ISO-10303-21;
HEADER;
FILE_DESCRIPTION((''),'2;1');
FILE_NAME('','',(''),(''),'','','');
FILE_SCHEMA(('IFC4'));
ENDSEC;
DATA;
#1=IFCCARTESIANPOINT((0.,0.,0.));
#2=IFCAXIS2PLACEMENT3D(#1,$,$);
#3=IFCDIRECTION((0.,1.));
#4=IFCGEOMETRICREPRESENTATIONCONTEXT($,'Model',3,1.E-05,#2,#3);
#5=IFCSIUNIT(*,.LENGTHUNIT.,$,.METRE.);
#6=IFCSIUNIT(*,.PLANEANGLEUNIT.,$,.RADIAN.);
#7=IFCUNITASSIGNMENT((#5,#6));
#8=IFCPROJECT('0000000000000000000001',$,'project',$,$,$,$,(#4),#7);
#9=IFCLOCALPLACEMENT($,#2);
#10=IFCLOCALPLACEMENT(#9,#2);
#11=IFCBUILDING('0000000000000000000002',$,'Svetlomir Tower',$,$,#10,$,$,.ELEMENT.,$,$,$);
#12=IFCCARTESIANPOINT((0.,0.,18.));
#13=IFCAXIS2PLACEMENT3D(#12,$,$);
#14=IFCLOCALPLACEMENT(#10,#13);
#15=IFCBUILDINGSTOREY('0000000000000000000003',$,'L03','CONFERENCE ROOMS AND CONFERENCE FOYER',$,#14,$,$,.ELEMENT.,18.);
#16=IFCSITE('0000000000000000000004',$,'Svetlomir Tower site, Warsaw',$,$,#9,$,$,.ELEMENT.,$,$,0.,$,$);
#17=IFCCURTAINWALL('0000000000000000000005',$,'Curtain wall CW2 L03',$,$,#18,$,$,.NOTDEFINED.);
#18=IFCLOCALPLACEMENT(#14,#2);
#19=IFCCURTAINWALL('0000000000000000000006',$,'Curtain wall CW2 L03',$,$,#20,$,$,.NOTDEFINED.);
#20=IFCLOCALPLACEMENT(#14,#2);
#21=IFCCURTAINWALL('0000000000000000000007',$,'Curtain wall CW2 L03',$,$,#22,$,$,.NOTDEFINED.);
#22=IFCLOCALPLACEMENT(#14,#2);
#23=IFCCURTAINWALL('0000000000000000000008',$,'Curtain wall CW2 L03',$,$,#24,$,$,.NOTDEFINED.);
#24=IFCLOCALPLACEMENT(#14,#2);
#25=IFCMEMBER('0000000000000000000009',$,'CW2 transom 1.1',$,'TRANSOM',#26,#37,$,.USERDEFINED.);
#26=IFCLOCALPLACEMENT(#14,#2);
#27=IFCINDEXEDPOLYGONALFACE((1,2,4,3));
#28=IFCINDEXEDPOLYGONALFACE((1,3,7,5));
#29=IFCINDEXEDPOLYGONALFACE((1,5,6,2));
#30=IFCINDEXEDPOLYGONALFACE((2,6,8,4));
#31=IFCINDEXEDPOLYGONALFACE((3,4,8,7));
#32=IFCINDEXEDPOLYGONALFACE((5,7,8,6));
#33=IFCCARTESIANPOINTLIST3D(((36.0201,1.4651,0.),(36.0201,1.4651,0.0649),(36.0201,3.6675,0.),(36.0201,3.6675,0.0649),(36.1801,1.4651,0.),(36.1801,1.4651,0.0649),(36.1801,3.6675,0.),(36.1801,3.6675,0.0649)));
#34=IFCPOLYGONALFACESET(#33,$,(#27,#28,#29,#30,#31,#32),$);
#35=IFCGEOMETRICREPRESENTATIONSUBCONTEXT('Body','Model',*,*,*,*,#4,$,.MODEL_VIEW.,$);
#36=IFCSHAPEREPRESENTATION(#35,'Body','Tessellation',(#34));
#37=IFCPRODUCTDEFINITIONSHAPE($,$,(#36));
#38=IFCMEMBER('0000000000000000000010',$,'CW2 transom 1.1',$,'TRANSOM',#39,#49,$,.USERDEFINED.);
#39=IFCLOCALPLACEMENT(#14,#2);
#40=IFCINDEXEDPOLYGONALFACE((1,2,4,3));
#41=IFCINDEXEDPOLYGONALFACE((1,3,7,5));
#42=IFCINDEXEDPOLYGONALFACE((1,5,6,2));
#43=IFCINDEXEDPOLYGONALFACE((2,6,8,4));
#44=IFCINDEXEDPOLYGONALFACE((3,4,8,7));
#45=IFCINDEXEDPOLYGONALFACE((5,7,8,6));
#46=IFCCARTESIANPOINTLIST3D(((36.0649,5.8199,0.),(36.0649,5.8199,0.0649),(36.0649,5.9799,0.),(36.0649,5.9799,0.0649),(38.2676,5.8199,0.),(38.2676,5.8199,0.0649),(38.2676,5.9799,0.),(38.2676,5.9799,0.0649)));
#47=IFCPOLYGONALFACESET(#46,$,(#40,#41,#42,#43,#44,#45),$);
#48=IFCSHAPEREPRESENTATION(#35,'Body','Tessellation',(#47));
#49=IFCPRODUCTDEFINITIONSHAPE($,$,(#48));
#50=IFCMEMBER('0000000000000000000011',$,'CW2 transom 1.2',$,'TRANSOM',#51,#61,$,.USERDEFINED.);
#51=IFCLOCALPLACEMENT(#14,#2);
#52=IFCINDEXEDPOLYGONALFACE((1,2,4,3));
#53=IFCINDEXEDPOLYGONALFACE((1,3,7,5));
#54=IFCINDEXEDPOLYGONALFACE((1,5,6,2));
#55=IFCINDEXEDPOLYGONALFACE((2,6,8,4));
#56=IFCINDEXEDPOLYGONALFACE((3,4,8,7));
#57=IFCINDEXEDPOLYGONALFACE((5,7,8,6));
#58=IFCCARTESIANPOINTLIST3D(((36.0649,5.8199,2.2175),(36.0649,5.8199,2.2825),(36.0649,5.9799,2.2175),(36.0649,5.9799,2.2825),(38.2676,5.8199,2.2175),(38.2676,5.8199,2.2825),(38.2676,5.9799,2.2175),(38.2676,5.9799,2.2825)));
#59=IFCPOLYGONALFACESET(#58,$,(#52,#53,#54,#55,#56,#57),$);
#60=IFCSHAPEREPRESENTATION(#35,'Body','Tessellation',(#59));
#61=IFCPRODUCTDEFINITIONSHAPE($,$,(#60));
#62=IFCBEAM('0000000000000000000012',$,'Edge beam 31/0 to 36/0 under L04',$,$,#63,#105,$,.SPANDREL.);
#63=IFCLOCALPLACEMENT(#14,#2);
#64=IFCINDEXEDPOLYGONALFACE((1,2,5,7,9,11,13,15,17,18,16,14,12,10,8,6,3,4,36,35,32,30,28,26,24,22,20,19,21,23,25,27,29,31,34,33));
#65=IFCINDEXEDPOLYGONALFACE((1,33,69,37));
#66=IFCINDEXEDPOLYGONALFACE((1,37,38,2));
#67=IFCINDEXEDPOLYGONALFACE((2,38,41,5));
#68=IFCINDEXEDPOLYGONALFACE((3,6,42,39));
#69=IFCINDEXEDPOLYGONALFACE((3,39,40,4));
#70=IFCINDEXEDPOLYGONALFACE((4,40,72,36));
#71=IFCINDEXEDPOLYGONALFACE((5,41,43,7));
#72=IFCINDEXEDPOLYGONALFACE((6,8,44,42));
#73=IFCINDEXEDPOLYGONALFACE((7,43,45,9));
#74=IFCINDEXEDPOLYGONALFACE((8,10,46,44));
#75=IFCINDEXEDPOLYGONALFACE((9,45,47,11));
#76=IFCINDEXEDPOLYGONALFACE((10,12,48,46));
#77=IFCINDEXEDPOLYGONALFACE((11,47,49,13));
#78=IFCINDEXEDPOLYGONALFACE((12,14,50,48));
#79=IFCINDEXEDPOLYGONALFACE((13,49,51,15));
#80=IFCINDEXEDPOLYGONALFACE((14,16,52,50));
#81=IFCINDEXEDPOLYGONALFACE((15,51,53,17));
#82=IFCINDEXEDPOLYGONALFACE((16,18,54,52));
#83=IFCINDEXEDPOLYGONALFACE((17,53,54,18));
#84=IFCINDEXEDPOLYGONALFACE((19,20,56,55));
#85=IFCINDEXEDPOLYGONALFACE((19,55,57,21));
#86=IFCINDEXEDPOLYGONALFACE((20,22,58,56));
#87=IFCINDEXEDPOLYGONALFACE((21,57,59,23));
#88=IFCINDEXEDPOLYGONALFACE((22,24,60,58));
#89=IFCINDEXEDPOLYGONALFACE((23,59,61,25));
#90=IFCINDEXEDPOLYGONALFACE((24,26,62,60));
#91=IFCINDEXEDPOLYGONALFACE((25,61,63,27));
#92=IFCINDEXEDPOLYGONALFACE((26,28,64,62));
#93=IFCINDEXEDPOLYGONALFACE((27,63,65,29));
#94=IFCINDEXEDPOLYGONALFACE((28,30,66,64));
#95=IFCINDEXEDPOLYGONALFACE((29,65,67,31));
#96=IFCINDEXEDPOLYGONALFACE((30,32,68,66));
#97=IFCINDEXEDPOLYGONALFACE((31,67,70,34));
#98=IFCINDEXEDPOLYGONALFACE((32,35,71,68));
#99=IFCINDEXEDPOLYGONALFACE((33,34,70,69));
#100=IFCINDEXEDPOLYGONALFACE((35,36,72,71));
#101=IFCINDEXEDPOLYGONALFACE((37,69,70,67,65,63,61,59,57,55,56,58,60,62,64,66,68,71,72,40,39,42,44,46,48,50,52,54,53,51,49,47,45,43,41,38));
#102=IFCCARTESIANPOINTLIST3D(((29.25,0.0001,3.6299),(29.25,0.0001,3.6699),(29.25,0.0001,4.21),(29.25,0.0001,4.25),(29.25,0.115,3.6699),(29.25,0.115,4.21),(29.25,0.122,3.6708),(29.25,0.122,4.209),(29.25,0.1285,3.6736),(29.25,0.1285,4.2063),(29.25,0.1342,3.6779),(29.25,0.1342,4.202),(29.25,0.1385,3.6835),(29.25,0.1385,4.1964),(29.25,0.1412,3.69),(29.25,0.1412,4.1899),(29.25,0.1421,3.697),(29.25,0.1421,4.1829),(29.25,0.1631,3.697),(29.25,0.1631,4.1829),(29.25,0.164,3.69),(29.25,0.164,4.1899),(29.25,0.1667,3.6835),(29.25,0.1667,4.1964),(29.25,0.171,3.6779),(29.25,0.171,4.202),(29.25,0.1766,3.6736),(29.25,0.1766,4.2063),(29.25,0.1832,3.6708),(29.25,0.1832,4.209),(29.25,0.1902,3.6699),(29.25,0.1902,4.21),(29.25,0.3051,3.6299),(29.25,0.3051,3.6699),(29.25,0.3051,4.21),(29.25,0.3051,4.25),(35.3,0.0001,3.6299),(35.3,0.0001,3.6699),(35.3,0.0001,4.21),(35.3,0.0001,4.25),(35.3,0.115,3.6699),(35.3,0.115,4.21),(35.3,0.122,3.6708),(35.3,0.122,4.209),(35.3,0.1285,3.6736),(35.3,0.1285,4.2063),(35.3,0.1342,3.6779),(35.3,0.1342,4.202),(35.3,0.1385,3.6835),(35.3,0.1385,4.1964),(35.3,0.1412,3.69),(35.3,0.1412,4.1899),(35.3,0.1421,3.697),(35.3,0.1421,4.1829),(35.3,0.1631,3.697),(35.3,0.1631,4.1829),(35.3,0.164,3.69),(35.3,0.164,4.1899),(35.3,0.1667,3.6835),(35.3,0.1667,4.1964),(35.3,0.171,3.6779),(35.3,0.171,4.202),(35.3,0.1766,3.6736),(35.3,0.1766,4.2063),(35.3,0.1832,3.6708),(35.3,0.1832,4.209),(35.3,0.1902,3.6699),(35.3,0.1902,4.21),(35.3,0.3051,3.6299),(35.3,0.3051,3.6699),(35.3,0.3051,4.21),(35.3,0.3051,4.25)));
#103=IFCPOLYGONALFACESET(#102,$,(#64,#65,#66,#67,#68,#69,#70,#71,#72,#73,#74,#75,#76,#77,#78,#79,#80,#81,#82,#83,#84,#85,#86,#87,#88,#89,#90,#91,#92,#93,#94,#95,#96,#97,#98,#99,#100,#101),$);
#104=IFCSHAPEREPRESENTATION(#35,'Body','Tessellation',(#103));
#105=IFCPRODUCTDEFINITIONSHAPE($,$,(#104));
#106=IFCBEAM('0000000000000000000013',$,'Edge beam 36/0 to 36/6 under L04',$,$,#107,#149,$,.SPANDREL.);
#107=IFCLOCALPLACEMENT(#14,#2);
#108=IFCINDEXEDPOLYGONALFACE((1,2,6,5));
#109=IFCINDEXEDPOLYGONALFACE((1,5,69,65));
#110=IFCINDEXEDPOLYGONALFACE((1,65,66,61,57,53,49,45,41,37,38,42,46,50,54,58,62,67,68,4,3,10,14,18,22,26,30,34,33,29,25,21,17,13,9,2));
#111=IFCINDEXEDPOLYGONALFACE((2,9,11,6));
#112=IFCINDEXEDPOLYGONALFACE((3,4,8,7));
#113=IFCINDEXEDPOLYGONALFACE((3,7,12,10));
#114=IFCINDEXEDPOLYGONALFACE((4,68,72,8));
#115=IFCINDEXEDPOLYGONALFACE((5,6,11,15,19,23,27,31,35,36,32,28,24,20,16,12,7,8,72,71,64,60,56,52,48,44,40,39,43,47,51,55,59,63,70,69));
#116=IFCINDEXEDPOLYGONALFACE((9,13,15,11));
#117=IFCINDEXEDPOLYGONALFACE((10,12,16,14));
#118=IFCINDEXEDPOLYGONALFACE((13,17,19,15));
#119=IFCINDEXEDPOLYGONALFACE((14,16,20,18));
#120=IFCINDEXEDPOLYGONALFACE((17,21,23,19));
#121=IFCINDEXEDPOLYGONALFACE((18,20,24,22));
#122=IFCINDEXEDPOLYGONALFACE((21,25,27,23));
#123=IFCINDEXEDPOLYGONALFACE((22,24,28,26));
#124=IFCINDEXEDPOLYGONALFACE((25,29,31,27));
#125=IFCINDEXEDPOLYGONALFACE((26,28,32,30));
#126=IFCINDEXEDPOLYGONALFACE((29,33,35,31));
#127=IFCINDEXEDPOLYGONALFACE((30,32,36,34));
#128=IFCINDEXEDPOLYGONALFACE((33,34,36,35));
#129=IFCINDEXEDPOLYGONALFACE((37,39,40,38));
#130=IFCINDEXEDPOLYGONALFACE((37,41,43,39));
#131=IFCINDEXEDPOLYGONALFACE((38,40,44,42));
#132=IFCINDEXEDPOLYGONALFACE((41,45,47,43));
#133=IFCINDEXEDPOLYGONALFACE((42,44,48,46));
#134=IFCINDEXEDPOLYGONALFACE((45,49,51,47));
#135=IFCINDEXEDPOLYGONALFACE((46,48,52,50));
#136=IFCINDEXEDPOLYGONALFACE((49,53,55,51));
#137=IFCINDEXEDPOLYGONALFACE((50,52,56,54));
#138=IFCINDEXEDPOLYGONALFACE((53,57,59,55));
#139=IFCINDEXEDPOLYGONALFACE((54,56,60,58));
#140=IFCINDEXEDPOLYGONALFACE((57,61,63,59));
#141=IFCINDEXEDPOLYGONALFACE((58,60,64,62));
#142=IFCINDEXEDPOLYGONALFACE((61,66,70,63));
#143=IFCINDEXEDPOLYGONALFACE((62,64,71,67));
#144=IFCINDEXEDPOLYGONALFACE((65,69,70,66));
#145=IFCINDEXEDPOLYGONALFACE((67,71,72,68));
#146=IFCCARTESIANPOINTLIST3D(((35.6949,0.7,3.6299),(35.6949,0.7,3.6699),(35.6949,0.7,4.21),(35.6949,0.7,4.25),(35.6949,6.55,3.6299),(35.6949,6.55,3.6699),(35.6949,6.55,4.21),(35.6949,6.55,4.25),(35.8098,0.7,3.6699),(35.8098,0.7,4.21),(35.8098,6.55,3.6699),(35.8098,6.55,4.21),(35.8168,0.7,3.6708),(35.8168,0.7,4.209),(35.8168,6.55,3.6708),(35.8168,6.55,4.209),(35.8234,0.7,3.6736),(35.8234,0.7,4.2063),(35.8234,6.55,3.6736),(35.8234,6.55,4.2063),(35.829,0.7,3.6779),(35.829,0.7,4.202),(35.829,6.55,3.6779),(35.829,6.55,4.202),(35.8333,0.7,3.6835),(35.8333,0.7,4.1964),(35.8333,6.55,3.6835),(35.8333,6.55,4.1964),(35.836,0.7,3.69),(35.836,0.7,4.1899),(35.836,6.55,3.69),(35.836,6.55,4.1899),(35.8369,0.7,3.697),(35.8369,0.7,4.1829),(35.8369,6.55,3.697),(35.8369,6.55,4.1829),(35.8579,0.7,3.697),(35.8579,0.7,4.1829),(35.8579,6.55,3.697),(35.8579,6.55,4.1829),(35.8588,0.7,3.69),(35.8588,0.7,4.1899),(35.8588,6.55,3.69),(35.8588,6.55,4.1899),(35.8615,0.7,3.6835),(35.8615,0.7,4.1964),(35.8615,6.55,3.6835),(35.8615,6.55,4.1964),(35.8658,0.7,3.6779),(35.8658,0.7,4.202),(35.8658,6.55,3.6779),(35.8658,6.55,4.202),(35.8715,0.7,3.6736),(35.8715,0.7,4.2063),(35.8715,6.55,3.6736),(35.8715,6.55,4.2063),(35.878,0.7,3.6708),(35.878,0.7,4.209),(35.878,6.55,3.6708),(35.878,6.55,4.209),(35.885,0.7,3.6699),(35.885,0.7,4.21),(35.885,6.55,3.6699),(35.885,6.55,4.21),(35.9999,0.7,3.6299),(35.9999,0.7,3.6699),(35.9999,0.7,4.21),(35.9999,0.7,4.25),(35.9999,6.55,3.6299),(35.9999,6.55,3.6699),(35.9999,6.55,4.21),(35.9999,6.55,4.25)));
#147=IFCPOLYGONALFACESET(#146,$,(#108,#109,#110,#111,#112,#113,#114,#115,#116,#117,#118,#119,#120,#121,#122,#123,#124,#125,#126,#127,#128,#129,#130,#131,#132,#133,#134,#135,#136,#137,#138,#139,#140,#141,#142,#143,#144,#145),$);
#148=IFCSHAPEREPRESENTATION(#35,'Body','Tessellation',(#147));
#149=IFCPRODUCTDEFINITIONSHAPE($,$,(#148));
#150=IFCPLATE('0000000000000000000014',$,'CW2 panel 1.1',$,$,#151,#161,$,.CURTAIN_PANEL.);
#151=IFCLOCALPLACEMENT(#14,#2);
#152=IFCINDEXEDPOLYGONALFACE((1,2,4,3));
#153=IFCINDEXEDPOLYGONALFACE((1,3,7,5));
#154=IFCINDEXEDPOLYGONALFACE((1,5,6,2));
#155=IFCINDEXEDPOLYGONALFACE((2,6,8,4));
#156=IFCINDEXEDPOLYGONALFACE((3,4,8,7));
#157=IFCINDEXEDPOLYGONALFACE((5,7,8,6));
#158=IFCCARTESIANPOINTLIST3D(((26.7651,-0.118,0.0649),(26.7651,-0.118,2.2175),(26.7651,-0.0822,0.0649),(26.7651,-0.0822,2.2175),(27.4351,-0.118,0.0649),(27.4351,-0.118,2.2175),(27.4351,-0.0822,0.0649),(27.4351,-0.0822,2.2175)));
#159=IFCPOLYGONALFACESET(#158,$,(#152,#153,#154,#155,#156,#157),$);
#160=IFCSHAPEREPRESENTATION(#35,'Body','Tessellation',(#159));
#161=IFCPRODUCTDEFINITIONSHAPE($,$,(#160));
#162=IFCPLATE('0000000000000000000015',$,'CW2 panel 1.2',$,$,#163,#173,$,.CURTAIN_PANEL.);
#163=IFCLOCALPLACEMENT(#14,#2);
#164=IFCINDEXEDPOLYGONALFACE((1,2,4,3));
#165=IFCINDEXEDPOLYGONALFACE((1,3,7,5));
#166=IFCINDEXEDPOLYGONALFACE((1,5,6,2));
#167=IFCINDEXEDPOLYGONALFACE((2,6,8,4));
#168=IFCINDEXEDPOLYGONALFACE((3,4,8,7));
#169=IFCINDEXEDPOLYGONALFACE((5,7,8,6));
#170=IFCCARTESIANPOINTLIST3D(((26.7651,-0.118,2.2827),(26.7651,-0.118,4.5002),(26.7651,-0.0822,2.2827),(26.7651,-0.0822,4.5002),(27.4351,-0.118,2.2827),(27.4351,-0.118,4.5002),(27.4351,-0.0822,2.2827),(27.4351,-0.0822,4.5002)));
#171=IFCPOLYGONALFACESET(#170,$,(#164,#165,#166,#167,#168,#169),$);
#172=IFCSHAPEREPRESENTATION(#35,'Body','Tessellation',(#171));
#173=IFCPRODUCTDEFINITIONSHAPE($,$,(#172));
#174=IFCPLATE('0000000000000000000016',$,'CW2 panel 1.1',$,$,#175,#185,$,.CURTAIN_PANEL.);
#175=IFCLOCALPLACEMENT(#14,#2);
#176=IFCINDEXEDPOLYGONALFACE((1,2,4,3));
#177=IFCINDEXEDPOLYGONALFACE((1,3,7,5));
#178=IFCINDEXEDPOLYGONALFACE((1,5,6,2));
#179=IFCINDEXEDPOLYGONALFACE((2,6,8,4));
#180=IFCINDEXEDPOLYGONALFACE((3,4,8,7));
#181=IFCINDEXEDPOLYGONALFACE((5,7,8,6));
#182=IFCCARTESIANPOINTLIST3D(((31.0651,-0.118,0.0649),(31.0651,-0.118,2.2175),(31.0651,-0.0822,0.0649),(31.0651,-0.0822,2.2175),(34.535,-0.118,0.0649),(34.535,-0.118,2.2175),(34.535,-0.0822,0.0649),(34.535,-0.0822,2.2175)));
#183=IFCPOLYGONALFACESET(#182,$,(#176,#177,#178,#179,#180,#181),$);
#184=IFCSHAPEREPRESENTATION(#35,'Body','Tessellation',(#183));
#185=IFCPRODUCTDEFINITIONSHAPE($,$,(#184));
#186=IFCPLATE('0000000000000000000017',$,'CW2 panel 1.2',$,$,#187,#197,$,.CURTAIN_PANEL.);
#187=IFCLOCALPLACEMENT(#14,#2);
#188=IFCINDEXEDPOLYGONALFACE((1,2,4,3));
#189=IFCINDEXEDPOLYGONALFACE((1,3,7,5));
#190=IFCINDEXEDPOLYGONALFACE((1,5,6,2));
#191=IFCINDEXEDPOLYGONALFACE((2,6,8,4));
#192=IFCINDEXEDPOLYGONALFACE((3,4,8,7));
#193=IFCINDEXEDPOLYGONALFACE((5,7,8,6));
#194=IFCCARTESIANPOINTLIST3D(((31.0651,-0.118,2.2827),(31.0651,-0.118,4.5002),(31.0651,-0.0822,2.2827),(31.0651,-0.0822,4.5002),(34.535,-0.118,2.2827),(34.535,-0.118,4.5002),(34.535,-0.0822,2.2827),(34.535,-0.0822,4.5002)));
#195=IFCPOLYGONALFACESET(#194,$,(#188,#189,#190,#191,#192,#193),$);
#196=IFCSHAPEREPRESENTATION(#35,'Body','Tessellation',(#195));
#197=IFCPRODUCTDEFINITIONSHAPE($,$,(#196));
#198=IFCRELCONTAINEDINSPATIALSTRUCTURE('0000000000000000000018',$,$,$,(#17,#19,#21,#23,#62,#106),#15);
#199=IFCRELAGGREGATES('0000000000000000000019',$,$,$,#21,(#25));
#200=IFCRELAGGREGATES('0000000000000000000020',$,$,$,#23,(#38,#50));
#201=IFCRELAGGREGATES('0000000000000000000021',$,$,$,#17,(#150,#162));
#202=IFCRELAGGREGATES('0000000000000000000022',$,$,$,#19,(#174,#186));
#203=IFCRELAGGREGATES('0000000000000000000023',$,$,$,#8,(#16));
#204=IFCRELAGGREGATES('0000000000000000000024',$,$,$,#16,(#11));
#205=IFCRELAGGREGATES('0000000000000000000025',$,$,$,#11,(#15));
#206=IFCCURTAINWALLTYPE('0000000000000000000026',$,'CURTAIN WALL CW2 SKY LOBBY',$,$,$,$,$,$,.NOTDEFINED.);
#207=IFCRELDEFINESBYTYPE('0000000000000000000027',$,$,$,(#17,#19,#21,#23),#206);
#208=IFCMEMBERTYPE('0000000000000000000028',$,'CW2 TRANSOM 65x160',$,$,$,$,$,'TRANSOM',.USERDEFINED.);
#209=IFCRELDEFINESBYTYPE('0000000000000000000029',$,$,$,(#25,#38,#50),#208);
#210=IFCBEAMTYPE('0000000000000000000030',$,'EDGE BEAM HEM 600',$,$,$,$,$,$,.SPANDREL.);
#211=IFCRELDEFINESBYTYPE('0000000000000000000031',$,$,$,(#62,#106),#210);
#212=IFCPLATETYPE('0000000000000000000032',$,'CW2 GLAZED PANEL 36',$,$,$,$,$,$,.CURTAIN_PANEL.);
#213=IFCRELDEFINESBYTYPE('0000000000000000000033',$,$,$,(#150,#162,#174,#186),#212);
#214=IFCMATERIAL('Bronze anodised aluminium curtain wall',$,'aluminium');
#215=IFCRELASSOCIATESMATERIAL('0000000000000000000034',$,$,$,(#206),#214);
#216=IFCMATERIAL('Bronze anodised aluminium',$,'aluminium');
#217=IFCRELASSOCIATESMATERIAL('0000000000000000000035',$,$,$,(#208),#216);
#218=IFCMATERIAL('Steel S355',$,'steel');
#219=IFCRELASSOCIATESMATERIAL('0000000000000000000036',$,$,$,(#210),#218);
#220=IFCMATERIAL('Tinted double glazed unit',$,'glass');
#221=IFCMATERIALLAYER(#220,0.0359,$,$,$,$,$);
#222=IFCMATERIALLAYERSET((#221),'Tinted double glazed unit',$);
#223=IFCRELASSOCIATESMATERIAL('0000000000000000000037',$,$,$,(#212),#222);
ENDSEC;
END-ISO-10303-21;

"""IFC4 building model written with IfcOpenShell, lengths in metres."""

from ifc_helpers import new_model, si_unit, direction, frame, origin, origin_2d, place, context, subcontext, project, spatial, rectangle, i_section, extrude, material, layer, layer_set, material_profile, profile_set, type_object, element, aggregate, save


model = new_model("IFC4")

# Units and contexts
model_context = context("Model", 3, precision=1e-05, world=origin(), true_north=direction((0.0, 1.0)))
body_context = subcontext(model_context, "Body", "Model", "MODEL_VIEW")
ifc_project = project(units=[si_unit("LENGTHUNIT", "METRE"), si_unit("PLANEANGLEUNIT", "RADIAN")], contexts=[model_context])

# Site, building, storey
site_placement = place(None, origin())
site = spatial("IfcSite", under=ifc_project, at=site_placement, Name="Svetlomir Tower site, Warsaw", CompositionType="ELEMENT", RefElevation=0.0)
building_placement = place(site_placement, origin())
building = spatial("IfcBuilding", under=site, at=building_placement, Name="Svetlomir Tower", CompositionType="ELEMENT")
storey_placement = place(building_placement, frame((0.0, 0.0, 18.0)))
storey = spatial("IfcBuildingStorey", under=building, at=storey_placement, Name="L03", Description="CONFERENCE ROOMS AND CONFERENCE FOYER", CompositionType="ELEMENT", Elevation=18.0)

# Curtain wall
ifc_material_1 = material(Name="Bronze anodised aluminium curtain wall", Category="aluminium")
curtain_wall_type = type_object("IfcCurtainWallType", Name="CURTAIN WALL CW2 SKY LOBBY", PredefinedType="NOTDEFINED", material=ifc_material_1)
curtain_wall_1_placement = place(storey_placement, origin())
curtain_wall_1 = element("IfcCurtainWall", 1, at=curtain_wall_1_placement, inside=storey, type_object=curtain_wall_type, Name="Curtain wall CW2 L03", PredefinedType="NOTDEFINED")

# Curtain walls
curtain_wall_2_placement = place(storey_placement, origin())
curtain_wall_2 = element("IfcCurtainWall", 2, at=curtain_wall_2_placement, inside=storey, type_object=curtain_wall_type, Name="Curtain wall CW2 L03", PredefinedType="NOTDEFINED")
curtain_wall_3_placement = place(storey_placement, origin())
curtain_wall_3 = element("IfcCurtainWall", 3, at=curtain_wall_3_placement, inside=storey, type_object=curtain_wall_type, Name="Curtain wall CW2 L03", PredefinedType="NOTDEFINED")

# Curtain wall
curtain_wall_4_placement = place(storey_placement, origin())
curtain_wall_4 = element("IfcCurtainWall", 4, at=curtain_wall_4_placement, inside=storey, type_object=curtain_wall_type, Name="Curtain wall CW2 L03", PredefinedType="NOTDEFINED")

# Members
ifc_material_2 = material(Name="Bronze anodised aluminium", Category="aluminium")
ifc_material_profile_1 = material_profile(ifc_material_2, rectangle(XDim=0.1599, YDim=0.0649, at=origin_2d()), Name="AL 160x65")
ifc_profile_set_1 = profile_set([ifc_material_profile_1], Name="Bronze anodised aluminium 6063-T6")
member_type_1 = type_object("IfcMemberType", Name="CW2 TRANSOM 65x160", ElementType="TRANSOM", PredefinedType="USERDEFINED", material=ifc_profile_set_1)
member_1_placement = place(storey_placement, frame((36.1001, 1.4651, 0.0325), z_axis=(0.0, 1.0, 0.0), x_axis=(-1.0, 0.0, 0.0)))
member_1 = element("IfcMember", 5, at=member_1_placement, type_object=member_type_1, Name="CW2 transom 1.1", ObjectType="TRANSOM", PredefinedType="USERDEFINED", context=body_context, shape_type="SweptSolid", body=[
    extrude(rectangle(XDim=0.1599, YDim=0.0649, at=origin_2d()), origin(), (0.0, 0.0, 1.0), 2.2024),
])
aggregate(curtain_wall_3, [member_1])
member_2_placement = place(storey_placement, frame((36.0649, 5.8999, 0.0325), z_axis=(1.0, 0.0, 0.0), x_axis=(0.0, 1.0, 0.0)))
member_2 = element("IfcMember", 6, at=member_2_placement, type_object=member_type_1, Name="CW2 transom 1.1", ObjectType="TRANSOM", PredefinedType="USERDEFINED", context=body_context, shape_type="SweptSolid", body=[
    extrude(rectangle(XDim=0.1599, YDim=0.0649, at=origin_2d()), origin(), (0.0, 0.0, 1.0), 2.2026),
])
member_3_placement = place(storey_placement, frame((36.0649, 5.8999, 2.25), z_axis=(1.0, 0.0, 0.0), x_axis=(0.0, 1.0, 0.0)))
member_3 = element("IfcMember", 7, at=member_3_placement, type_object=member_type_1, Name="CW2 transom 1.2", ObjectType="TRANSOM", PredefinedType="USERDEFINED", context=body_context, shape_type="SweptSolid", body=[
    extrude(rectangle(XDim=0.1599, YDim=0.0649, at=origin_2d()), origin(), (0.0, 0.0, 1.0), 2.2026),
])
aggregate(curtain_wall_4, [member_2, member_3])

# Beams
ifc_material_3 = material(Name="Steel S355", Category="steel")
ifc_material_profile_2 = material_profile(ifc_material_3, i_section(OverallWidth=0.3049, OverallDepth=0.6201, WebThickness=0.021, FlangeThickness=0.04, FilletRadius=0.0271, at=origin_2d()), Name="HEM 600")
ifc_profile_set_2 = profile_set([ifc_material_profile_2], Name="Steel S355")
beam_type = type_object("IfcBeamType", Name="EDGE BEAM HEM 600", PredefinedType="SPANDREL", material=ifc_profile_set_2)
beam_1_placement = place(storey_placement, frame((29.25, 0.1526, 3.9399), z_axis=(1.0, 0.0, 0.0), x_axis=(0.0, 1.0, 0.0)))
element("IfcBeam", 8, at=beam_1_placement, inside=storey, type_object=beam_type, Name="Edge beam 31/0 to 36/0 under L04", PredefinedType="SPANDREL", context=body_context, shape_type="SweptSolid", body=[
    extrude(i_section(OverallWidth=0.3049, OverallDepth=0.6201, WebThickness=0.021, FlangeThickness=0.04, FilletRadius=0.0271, at=origin_2d()), origin(), (0.0, 0.0, 1.0), 6.05),
])
beam_2_placement = place(storey_placement, frame((35.8474, 0.7, 3.9399), z_axis=(0.0, 1.0, 0.0), x_axis=(-1.0, 0.0, 0.0)))
element("IfcBeam", 9, at=beam_2_placement, inside=storey, type_object=beam_type, Name="Edge beam 36/0 to 36/6 under L04", PredefinedType="SPANDREL", context=body_context, shape_type="SweptSolid", body=[
    extrude(i_section(OverallWidth=0.3049, OverallDepth=0.6201, WebThickness=0.021, FlangeThickness=0.04, FilletRadius=0.0271, at=origin_2d()), origin(), (0.0, 0.0, 1.0), 5.8501),
])

# Plates
ifc_material_4 = material(Name="Tinted double glazed unit", Category="glass")
ifc_layer_1 = layer(ifc_material_4, 0.0359)
ifc_layer_set_1 = layer_set([ifc_layer_1], Name="Tinted double glazed unit")
plate_type = type_object("IfcPlateType", Name="CW2 GLAZED PANEL 36", PredefinedType="CURTAIN_PANEL", material=ifc_layer_set_1)
plate_1_placement = place(storey_placement, frame((27.1001, -0.1001, 0.0649), z_axis=(0.0, 0.0, 1.0), x_axis=(1.0, 0.0, 0.0)))
plate_1 = element("IfcPlate", 10, at=plate_1_placement, type_object=plate_type, Name="CW2 panel 1.1", PredefinedType="CURTAIN_PANEL", context=body_context, shape_type="SweptSolid", body=[
    extrude(rectangle(XDim=0.6699, YDim=0.0359, at=origin_2d()), origin(), (0.0, 0.0, 1.0), 2.1526),
])
plate_2_placement = place(storey_placement, frame((27.1001, -0.1001, 2.2827), z_axis=(0.0, 0.0, 1.0), x_axis=(1.0, 0.0, 0.0)))
plate_2 = element("IfcPlate", 11, at=plate_2_placement, type_object=plate_type, Name="CW2 panel 1.2", PredefinedType="CURTAIN_PANEL", context=body_context, shape_type="SweptSolid", body=[
    extrude(rectangle(XDim=0.6699, YDim=0.0359, at=origin_2d()), origin(), (0.0, 0.0, 1.0), 2.2175),
])
aggregate(curtain_wall_1, [plate_1, plate_2])
plate_3_placement = place(storey_placement, frame((32.8, -0.1001, 0.0649), z_axis=(0.0, 0.0, 1.0), x_axis=(1.0, 0.0, 0.0)))
plate_3 = element("IfcPlate", 12, at=plate_3_placement, type_object=plate_type, Name="CW2 panel 1.1", PredefinedType="CURTAIN_PANEL", context=body_context, shape_type="SweptSolid", body=[
    extrude(rectangle(XDim=3.47, YDim=0.0359, at=origin_2d()), origin(), (0.0, 0.0, 1.0), 2.1526),
])
plate_4_placement = place(storey_placement, frame((32.8, -0.1001, 2.2827), z_axis=(0.0, 0.0, 1.0), x_axis=(1.0, 0.0, 0.0)))
plate_4 = element("IfcPlate", 13, at=plate_4_placement, type_object=plate_type, Name="CW2 panel 1.2", PredefinedType="CURTAIN_PANEL", context=body_context, shape_type="SweptSolid", body=[
    extrude(rectangle(XDim=3.47, YDim=0.0359, at=origin_2d()), origin(), (0.0, 0.0, 1.0), 2.2175),
])
aggregate(curtain_wall_2, [plate_3, plate_4])

save(model, "model.ifc")
